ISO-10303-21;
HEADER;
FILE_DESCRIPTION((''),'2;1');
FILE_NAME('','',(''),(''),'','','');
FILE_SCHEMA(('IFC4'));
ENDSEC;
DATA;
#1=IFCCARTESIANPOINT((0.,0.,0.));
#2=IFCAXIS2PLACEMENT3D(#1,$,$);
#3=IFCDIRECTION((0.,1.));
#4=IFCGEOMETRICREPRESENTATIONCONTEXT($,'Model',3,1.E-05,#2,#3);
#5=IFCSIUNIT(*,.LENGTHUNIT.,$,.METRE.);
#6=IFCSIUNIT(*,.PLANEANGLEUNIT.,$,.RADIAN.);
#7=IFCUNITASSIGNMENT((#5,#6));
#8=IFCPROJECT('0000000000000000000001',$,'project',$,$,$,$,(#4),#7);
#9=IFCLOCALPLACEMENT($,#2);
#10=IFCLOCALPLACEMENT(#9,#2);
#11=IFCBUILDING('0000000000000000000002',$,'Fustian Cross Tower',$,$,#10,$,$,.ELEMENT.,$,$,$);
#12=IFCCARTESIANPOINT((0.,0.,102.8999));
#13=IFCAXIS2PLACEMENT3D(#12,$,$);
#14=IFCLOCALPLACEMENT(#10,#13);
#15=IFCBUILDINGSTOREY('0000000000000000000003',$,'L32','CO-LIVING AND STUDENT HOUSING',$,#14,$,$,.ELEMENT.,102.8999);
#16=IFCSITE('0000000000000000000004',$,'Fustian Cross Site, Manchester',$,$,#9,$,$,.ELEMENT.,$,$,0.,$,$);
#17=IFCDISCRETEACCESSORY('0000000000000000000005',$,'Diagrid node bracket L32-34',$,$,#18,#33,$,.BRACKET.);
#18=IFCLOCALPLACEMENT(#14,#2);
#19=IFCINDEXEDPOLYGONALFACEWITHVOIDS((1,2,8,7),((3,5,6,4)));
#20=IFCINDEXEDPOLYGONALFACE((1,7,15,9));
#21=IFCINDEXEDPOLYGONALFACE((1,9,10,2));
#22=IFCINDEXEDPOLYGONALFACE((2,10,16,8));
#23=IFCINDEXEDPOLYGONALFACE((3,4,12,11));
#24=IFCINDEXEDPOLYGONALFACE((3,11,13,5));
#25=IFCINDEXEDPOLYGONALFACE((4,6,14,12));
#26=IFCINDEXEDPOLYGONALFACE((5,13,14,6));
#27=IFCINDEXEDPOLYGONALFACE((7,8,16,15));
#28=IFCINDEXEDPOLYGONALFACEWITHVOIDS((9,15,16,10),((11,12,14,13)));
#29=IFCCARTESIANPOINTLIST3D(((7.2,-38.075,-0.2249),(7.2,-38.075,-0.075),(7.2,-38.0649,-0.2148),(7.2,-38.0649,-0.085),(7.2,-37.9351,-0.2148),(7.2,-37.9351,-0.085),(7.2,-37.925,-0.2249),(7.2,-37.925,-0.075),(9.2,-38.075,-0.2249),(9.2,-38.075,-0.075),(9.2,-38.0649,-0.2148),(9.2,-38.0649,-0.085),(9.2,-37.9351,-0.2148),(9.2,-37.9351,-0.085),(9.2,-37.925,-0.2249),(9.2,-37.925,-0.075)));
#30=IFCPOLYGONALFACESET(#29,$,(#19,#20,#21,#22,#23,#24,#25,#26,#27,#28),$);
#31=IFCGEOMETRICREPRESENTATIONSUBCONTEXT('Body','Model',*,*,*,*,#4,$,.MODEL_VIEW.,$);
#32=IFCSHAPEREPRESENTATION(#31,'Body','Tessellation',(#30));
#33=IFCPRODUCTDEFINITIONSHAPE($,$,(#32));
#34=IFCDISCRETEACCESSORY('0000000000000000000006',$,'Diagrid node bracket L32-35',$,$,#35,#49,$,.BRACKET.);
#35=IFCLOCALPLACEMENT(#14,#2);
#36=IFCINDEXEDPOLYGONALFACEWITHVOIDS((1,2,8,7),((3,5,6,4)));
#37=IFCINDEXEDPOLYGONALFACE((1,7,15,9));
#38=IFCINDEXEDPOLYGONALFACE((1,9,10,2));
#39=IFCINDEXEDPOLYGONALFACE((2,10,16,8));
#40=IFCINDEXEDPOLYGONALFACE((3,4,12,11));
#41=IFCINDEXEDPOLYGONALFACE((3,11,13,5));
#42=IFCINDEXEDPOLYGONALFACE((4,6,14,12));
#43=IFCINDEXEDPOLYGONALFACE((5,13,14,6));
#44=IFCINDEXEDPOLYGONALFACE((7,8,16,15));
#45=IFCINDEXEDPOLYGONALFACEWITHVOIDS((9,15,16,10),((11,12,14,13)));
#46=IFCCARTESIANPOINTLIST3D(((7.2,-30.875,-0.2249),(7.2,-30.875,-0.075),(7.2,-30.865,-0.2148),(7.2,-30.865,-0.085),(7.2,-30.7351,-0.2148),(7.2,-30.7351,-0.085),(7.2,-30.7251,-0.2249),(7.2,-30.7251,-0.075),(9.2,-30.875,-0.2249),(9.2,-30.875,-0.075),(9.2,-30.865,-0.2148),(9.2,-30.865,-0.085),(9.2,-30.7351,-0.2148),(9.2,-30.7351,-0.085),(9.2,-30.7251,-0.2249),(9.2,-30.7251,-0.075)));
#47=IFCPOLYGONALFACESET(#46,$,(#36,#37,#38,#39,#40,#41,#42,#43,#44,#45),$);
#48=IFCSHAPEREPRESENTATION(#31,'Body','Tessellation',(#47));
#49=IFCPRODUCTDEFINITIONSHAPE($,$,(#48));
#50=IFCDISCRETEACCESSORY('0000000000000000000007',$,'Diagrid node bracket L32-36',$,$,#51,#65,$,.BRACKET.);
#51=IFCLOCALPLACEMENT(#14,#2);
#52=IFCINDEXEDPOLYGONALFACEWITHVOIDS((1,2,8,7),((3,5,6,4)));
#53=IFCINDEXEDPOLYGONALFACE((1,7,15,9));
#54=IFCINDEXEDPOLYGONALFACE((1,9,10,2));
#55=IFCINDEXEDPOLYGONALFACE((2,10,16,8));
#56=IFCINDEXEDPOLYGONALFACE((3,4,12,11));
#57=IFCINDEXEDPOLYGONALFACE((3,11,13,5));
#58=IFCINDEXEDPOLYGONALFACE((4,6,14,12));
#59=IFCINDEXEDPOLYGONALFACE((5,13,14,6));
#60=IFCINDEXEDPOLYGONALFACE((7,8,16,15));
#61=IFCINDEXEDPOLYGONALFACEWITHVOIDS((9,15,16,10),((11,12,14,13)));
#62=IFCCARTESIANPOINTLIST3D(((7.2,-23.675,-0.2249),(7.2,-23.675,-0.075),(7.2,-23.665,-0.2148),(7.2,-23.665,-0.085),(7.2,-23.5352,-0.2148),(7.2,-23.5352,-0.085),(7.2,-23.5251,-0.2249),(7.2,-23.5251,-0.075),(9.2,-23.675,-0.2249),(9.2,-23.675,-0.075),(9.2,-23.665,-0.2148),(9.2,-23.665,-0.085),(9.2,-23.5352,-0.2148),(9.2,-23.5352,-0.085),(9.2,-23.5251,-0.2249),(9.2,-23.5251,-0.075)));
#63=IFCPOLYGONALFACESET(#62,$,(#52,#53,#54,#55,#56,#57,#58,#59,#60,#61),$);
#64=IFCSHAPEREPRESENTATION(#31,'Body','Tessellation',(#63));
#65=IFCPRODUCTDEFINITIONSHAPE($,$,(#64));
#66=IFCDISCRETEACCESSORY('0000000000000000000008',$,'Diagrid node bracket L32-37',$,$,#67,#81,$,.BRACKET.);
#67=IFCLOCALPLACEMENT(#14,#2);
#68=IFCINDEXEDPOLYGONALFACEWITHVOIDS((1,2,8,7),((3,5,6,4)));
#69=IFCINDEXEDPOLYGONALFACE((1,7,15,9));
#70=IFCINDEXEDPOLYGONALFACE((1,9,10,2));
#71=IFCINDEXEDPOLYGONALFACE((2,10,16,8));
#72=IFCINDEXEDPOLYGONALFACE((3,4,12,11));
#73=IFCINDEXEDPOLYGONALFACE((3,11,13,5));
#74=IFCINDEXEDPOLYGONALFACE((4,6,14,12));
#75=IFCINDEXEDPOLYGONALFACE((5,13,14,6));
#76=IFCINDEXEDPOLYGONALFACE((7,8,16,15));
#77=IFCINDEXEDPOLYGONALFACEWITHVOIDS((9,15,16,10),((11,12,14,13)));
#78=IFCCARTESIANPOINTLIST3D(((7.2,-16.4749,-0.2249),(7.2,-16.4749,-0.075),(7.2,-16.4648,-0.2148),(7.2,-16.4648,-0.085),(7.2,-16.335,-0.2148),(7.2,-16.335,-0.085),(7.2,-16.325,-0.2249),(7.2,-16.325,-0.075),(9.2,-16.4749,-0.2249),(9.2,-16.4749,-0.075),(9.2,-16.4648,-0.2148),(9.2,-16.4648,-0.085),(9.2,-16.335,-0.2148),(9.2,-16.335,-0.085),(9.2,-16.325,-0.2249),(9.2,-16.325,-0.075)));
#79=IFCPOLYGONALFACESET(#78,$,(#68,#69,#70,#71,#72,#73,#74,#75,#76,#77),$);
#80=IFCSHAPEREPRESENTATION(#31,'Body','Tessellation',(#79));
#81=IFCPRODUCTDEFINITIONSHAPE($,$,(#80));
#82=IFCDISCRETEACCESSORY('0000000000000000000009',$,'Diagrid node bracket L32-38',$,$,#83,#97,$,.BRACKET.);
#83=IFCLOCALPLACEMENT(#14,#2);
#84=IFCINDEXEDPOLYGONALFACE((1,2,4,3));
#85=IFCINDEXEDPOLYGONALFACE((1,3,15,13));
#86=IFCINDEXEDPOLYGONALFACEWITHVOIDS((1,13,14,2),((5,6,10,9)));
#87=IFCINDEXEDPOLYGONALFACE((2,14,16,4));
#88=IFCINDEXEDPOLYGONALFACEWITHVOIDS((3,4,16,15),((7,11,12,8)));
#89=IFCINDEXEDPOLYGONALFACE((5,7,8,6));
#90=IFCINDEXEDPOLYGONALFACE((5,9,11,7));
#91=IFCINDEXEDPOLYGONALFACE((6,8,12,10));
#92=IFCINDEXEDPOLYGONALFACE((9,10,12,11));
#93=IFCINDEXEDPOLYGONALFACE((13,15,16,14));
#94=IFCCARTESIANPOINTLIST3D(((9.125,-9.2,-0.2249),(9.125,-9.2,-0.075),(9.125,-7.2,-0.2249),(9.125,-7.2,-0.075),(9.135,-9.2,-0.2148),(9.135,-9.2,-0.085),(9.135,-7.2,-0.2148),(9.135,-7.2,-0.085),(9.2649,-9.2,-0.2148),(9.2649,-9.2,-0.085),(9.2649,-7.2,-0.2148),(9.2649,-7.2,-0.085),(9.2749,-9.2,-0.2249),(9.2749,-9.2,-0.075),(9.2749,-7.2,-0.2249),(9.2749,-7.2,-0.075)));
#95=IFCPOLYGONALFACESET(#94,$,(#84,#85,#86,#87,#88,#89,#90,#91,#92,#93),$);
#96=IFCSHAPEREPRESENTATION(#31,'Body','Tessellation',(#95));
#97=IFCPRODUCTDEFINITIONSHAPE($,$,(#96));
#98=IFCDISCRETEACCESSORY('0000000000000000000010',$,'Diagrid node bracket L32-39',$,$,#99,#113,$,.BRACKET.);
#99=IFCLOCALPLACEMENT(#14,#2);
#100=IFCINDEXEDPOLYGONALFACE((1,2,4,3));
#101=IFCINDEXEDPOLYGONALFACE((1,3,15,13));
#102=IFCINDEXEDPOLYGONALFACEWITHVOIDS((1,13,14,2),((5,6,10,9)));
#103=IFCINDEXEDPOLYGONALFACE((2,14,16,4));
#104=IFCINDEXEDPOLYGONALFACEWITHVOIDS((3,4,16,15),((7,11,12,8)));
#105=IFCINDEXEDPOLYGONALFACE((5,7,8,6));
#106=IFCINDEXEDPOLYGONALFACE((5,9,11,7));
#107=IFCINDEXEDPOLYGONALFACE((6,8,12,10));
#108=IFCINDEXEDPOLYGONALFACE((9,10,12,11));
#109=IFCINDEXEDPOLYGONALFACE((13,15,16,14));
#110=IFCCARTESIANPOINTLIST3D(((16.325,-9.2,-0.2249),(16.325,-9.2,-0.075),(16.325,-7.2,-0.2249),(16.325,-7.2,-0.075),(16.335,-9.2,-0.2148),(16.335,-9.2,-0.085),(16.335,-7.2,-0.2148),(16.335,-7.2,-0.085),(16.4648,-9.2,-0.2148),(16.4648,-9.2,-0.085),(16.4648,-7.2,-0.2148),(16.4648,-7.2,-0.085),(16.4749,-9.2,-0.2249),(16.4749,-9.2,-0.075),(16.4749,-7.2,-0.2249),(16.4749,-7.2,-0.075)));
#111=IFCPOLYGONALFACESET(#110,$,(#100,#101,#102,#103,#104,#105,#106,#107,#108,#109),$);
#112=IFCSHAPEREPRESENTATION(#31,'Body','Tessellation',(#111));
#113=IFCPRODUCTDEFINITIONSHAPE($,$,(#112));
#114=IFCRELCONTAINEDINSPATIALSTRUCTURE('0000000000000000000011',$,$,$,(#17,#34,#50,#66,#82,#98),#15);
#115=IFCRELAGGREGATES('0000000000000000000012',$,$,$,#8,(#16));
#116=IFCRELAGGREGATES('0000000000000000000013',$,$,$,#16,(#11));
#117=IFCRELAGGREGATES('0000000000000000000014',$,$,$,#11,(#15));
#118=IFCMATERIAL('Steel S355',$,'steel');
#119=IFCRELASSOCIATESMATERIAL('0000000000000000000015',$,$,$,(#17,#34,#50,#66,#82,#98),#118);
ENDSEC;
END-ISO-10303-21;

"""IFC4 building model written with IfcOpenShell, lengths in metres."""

from ifc_helpers import new_model, si_unit, direction, frame, origin, origin_2d, place, context, subcontext, project, spatial, hollow_rectangle, extrude, material, element, save


model = new_model("IFC4")

# Units and contexts
model_context = context("Model", 3, precision=1e-05, world=origin(), true_north=direction((0.0, 1.0)))
body_context = subcontext(model_context, "Body", "Model", "MODEL_VIEW")
ifc_project = project(units=[si_unit("LENGTHUNIT", "METRE"), si_unit("PLANEANGLEUNIT", "RADIAN")], contexts=[model_context])

# Site, building, storey
site_placement = place(None, origin())
site = spatial("IfcSite", under=ifc_project, at=site_placement, Name="Fustian Cross Site, Manchester", CompositionType="ELEMENT", RefElevation=0.0)
building_placement = place(site_placement, origin())
building = spatial("IfcBuilding", under=site, at=building_placement, Name="Fustian Cross Tower", CompositionType="ELEMENT")
storey_placement = place(building_placement, frame((0.0, 0.0, 102.8999)))
storey = spatial("IfcBuildingStorey", under=building, at=storey_placement, Name="L32", Description="CO-LIVING AND STUDENT HOUSING", CompositionType="ELEMENT", Elevation=102.8999)

# Discrete accessories
ifc_material_1 = material(Name="Steel S355", Category="steel")
for number, where, z_axis, x_axis, name in (
    (1, (9.2, -38.0, -0.1499), (-1.0, 0.0, 0.0), (0.0, -1.0, 0.0), "Diagrid node bracket L32-34"),
    (2, (9.2, -30.8, -0.1499), (-1.0, 0.0, 0.0), (0.0, -1.0, 0.0), "Diagrid node bracket L32-35"),
    (3, (9.2, -23.6001, -0.1499), (-1.0, 0.0, 0.0), (0.0, -1.0, 0.0), "Diagrid node bracket L32-36"),
    (4, (9.2, -16.3999, -0.1499), (-1.0, 0.0, 0.0), (0.0, -1.0, 0.0), "Diagrid node bracket L32-37"),
    (5, (9.2, -9.2, -0.1499), (0.0, 1.0, 0.0), (-1.0, 0.0, 0.0), "Diagrid node bracket L32-38"),
    (6, (16.3999, -9.2, -0.1499), (0.0, 1.0, 0.0), (-1.0, 0.0, 0.0), "Diagrid node bracket L32-39"),
):
    element("IfcDiscreteAccessory", number, at=place(storey_placement, frame(where, z_axis=z_axis, x_axis=x_axis)), inside=storey, material=ifc_material_1, Name=name, PredefinedType="BRACKET", context=body_context, shape_type="SweptSolid", body=[
        extrude(hollow_rectangle(XDim=0.1499, YDim=0.1499, WallThickness=0.01, at=origin_2d()), origin(), (0.0, 0.0, 1.0), 2.0),
    ])

save(model, "model.ifc")
